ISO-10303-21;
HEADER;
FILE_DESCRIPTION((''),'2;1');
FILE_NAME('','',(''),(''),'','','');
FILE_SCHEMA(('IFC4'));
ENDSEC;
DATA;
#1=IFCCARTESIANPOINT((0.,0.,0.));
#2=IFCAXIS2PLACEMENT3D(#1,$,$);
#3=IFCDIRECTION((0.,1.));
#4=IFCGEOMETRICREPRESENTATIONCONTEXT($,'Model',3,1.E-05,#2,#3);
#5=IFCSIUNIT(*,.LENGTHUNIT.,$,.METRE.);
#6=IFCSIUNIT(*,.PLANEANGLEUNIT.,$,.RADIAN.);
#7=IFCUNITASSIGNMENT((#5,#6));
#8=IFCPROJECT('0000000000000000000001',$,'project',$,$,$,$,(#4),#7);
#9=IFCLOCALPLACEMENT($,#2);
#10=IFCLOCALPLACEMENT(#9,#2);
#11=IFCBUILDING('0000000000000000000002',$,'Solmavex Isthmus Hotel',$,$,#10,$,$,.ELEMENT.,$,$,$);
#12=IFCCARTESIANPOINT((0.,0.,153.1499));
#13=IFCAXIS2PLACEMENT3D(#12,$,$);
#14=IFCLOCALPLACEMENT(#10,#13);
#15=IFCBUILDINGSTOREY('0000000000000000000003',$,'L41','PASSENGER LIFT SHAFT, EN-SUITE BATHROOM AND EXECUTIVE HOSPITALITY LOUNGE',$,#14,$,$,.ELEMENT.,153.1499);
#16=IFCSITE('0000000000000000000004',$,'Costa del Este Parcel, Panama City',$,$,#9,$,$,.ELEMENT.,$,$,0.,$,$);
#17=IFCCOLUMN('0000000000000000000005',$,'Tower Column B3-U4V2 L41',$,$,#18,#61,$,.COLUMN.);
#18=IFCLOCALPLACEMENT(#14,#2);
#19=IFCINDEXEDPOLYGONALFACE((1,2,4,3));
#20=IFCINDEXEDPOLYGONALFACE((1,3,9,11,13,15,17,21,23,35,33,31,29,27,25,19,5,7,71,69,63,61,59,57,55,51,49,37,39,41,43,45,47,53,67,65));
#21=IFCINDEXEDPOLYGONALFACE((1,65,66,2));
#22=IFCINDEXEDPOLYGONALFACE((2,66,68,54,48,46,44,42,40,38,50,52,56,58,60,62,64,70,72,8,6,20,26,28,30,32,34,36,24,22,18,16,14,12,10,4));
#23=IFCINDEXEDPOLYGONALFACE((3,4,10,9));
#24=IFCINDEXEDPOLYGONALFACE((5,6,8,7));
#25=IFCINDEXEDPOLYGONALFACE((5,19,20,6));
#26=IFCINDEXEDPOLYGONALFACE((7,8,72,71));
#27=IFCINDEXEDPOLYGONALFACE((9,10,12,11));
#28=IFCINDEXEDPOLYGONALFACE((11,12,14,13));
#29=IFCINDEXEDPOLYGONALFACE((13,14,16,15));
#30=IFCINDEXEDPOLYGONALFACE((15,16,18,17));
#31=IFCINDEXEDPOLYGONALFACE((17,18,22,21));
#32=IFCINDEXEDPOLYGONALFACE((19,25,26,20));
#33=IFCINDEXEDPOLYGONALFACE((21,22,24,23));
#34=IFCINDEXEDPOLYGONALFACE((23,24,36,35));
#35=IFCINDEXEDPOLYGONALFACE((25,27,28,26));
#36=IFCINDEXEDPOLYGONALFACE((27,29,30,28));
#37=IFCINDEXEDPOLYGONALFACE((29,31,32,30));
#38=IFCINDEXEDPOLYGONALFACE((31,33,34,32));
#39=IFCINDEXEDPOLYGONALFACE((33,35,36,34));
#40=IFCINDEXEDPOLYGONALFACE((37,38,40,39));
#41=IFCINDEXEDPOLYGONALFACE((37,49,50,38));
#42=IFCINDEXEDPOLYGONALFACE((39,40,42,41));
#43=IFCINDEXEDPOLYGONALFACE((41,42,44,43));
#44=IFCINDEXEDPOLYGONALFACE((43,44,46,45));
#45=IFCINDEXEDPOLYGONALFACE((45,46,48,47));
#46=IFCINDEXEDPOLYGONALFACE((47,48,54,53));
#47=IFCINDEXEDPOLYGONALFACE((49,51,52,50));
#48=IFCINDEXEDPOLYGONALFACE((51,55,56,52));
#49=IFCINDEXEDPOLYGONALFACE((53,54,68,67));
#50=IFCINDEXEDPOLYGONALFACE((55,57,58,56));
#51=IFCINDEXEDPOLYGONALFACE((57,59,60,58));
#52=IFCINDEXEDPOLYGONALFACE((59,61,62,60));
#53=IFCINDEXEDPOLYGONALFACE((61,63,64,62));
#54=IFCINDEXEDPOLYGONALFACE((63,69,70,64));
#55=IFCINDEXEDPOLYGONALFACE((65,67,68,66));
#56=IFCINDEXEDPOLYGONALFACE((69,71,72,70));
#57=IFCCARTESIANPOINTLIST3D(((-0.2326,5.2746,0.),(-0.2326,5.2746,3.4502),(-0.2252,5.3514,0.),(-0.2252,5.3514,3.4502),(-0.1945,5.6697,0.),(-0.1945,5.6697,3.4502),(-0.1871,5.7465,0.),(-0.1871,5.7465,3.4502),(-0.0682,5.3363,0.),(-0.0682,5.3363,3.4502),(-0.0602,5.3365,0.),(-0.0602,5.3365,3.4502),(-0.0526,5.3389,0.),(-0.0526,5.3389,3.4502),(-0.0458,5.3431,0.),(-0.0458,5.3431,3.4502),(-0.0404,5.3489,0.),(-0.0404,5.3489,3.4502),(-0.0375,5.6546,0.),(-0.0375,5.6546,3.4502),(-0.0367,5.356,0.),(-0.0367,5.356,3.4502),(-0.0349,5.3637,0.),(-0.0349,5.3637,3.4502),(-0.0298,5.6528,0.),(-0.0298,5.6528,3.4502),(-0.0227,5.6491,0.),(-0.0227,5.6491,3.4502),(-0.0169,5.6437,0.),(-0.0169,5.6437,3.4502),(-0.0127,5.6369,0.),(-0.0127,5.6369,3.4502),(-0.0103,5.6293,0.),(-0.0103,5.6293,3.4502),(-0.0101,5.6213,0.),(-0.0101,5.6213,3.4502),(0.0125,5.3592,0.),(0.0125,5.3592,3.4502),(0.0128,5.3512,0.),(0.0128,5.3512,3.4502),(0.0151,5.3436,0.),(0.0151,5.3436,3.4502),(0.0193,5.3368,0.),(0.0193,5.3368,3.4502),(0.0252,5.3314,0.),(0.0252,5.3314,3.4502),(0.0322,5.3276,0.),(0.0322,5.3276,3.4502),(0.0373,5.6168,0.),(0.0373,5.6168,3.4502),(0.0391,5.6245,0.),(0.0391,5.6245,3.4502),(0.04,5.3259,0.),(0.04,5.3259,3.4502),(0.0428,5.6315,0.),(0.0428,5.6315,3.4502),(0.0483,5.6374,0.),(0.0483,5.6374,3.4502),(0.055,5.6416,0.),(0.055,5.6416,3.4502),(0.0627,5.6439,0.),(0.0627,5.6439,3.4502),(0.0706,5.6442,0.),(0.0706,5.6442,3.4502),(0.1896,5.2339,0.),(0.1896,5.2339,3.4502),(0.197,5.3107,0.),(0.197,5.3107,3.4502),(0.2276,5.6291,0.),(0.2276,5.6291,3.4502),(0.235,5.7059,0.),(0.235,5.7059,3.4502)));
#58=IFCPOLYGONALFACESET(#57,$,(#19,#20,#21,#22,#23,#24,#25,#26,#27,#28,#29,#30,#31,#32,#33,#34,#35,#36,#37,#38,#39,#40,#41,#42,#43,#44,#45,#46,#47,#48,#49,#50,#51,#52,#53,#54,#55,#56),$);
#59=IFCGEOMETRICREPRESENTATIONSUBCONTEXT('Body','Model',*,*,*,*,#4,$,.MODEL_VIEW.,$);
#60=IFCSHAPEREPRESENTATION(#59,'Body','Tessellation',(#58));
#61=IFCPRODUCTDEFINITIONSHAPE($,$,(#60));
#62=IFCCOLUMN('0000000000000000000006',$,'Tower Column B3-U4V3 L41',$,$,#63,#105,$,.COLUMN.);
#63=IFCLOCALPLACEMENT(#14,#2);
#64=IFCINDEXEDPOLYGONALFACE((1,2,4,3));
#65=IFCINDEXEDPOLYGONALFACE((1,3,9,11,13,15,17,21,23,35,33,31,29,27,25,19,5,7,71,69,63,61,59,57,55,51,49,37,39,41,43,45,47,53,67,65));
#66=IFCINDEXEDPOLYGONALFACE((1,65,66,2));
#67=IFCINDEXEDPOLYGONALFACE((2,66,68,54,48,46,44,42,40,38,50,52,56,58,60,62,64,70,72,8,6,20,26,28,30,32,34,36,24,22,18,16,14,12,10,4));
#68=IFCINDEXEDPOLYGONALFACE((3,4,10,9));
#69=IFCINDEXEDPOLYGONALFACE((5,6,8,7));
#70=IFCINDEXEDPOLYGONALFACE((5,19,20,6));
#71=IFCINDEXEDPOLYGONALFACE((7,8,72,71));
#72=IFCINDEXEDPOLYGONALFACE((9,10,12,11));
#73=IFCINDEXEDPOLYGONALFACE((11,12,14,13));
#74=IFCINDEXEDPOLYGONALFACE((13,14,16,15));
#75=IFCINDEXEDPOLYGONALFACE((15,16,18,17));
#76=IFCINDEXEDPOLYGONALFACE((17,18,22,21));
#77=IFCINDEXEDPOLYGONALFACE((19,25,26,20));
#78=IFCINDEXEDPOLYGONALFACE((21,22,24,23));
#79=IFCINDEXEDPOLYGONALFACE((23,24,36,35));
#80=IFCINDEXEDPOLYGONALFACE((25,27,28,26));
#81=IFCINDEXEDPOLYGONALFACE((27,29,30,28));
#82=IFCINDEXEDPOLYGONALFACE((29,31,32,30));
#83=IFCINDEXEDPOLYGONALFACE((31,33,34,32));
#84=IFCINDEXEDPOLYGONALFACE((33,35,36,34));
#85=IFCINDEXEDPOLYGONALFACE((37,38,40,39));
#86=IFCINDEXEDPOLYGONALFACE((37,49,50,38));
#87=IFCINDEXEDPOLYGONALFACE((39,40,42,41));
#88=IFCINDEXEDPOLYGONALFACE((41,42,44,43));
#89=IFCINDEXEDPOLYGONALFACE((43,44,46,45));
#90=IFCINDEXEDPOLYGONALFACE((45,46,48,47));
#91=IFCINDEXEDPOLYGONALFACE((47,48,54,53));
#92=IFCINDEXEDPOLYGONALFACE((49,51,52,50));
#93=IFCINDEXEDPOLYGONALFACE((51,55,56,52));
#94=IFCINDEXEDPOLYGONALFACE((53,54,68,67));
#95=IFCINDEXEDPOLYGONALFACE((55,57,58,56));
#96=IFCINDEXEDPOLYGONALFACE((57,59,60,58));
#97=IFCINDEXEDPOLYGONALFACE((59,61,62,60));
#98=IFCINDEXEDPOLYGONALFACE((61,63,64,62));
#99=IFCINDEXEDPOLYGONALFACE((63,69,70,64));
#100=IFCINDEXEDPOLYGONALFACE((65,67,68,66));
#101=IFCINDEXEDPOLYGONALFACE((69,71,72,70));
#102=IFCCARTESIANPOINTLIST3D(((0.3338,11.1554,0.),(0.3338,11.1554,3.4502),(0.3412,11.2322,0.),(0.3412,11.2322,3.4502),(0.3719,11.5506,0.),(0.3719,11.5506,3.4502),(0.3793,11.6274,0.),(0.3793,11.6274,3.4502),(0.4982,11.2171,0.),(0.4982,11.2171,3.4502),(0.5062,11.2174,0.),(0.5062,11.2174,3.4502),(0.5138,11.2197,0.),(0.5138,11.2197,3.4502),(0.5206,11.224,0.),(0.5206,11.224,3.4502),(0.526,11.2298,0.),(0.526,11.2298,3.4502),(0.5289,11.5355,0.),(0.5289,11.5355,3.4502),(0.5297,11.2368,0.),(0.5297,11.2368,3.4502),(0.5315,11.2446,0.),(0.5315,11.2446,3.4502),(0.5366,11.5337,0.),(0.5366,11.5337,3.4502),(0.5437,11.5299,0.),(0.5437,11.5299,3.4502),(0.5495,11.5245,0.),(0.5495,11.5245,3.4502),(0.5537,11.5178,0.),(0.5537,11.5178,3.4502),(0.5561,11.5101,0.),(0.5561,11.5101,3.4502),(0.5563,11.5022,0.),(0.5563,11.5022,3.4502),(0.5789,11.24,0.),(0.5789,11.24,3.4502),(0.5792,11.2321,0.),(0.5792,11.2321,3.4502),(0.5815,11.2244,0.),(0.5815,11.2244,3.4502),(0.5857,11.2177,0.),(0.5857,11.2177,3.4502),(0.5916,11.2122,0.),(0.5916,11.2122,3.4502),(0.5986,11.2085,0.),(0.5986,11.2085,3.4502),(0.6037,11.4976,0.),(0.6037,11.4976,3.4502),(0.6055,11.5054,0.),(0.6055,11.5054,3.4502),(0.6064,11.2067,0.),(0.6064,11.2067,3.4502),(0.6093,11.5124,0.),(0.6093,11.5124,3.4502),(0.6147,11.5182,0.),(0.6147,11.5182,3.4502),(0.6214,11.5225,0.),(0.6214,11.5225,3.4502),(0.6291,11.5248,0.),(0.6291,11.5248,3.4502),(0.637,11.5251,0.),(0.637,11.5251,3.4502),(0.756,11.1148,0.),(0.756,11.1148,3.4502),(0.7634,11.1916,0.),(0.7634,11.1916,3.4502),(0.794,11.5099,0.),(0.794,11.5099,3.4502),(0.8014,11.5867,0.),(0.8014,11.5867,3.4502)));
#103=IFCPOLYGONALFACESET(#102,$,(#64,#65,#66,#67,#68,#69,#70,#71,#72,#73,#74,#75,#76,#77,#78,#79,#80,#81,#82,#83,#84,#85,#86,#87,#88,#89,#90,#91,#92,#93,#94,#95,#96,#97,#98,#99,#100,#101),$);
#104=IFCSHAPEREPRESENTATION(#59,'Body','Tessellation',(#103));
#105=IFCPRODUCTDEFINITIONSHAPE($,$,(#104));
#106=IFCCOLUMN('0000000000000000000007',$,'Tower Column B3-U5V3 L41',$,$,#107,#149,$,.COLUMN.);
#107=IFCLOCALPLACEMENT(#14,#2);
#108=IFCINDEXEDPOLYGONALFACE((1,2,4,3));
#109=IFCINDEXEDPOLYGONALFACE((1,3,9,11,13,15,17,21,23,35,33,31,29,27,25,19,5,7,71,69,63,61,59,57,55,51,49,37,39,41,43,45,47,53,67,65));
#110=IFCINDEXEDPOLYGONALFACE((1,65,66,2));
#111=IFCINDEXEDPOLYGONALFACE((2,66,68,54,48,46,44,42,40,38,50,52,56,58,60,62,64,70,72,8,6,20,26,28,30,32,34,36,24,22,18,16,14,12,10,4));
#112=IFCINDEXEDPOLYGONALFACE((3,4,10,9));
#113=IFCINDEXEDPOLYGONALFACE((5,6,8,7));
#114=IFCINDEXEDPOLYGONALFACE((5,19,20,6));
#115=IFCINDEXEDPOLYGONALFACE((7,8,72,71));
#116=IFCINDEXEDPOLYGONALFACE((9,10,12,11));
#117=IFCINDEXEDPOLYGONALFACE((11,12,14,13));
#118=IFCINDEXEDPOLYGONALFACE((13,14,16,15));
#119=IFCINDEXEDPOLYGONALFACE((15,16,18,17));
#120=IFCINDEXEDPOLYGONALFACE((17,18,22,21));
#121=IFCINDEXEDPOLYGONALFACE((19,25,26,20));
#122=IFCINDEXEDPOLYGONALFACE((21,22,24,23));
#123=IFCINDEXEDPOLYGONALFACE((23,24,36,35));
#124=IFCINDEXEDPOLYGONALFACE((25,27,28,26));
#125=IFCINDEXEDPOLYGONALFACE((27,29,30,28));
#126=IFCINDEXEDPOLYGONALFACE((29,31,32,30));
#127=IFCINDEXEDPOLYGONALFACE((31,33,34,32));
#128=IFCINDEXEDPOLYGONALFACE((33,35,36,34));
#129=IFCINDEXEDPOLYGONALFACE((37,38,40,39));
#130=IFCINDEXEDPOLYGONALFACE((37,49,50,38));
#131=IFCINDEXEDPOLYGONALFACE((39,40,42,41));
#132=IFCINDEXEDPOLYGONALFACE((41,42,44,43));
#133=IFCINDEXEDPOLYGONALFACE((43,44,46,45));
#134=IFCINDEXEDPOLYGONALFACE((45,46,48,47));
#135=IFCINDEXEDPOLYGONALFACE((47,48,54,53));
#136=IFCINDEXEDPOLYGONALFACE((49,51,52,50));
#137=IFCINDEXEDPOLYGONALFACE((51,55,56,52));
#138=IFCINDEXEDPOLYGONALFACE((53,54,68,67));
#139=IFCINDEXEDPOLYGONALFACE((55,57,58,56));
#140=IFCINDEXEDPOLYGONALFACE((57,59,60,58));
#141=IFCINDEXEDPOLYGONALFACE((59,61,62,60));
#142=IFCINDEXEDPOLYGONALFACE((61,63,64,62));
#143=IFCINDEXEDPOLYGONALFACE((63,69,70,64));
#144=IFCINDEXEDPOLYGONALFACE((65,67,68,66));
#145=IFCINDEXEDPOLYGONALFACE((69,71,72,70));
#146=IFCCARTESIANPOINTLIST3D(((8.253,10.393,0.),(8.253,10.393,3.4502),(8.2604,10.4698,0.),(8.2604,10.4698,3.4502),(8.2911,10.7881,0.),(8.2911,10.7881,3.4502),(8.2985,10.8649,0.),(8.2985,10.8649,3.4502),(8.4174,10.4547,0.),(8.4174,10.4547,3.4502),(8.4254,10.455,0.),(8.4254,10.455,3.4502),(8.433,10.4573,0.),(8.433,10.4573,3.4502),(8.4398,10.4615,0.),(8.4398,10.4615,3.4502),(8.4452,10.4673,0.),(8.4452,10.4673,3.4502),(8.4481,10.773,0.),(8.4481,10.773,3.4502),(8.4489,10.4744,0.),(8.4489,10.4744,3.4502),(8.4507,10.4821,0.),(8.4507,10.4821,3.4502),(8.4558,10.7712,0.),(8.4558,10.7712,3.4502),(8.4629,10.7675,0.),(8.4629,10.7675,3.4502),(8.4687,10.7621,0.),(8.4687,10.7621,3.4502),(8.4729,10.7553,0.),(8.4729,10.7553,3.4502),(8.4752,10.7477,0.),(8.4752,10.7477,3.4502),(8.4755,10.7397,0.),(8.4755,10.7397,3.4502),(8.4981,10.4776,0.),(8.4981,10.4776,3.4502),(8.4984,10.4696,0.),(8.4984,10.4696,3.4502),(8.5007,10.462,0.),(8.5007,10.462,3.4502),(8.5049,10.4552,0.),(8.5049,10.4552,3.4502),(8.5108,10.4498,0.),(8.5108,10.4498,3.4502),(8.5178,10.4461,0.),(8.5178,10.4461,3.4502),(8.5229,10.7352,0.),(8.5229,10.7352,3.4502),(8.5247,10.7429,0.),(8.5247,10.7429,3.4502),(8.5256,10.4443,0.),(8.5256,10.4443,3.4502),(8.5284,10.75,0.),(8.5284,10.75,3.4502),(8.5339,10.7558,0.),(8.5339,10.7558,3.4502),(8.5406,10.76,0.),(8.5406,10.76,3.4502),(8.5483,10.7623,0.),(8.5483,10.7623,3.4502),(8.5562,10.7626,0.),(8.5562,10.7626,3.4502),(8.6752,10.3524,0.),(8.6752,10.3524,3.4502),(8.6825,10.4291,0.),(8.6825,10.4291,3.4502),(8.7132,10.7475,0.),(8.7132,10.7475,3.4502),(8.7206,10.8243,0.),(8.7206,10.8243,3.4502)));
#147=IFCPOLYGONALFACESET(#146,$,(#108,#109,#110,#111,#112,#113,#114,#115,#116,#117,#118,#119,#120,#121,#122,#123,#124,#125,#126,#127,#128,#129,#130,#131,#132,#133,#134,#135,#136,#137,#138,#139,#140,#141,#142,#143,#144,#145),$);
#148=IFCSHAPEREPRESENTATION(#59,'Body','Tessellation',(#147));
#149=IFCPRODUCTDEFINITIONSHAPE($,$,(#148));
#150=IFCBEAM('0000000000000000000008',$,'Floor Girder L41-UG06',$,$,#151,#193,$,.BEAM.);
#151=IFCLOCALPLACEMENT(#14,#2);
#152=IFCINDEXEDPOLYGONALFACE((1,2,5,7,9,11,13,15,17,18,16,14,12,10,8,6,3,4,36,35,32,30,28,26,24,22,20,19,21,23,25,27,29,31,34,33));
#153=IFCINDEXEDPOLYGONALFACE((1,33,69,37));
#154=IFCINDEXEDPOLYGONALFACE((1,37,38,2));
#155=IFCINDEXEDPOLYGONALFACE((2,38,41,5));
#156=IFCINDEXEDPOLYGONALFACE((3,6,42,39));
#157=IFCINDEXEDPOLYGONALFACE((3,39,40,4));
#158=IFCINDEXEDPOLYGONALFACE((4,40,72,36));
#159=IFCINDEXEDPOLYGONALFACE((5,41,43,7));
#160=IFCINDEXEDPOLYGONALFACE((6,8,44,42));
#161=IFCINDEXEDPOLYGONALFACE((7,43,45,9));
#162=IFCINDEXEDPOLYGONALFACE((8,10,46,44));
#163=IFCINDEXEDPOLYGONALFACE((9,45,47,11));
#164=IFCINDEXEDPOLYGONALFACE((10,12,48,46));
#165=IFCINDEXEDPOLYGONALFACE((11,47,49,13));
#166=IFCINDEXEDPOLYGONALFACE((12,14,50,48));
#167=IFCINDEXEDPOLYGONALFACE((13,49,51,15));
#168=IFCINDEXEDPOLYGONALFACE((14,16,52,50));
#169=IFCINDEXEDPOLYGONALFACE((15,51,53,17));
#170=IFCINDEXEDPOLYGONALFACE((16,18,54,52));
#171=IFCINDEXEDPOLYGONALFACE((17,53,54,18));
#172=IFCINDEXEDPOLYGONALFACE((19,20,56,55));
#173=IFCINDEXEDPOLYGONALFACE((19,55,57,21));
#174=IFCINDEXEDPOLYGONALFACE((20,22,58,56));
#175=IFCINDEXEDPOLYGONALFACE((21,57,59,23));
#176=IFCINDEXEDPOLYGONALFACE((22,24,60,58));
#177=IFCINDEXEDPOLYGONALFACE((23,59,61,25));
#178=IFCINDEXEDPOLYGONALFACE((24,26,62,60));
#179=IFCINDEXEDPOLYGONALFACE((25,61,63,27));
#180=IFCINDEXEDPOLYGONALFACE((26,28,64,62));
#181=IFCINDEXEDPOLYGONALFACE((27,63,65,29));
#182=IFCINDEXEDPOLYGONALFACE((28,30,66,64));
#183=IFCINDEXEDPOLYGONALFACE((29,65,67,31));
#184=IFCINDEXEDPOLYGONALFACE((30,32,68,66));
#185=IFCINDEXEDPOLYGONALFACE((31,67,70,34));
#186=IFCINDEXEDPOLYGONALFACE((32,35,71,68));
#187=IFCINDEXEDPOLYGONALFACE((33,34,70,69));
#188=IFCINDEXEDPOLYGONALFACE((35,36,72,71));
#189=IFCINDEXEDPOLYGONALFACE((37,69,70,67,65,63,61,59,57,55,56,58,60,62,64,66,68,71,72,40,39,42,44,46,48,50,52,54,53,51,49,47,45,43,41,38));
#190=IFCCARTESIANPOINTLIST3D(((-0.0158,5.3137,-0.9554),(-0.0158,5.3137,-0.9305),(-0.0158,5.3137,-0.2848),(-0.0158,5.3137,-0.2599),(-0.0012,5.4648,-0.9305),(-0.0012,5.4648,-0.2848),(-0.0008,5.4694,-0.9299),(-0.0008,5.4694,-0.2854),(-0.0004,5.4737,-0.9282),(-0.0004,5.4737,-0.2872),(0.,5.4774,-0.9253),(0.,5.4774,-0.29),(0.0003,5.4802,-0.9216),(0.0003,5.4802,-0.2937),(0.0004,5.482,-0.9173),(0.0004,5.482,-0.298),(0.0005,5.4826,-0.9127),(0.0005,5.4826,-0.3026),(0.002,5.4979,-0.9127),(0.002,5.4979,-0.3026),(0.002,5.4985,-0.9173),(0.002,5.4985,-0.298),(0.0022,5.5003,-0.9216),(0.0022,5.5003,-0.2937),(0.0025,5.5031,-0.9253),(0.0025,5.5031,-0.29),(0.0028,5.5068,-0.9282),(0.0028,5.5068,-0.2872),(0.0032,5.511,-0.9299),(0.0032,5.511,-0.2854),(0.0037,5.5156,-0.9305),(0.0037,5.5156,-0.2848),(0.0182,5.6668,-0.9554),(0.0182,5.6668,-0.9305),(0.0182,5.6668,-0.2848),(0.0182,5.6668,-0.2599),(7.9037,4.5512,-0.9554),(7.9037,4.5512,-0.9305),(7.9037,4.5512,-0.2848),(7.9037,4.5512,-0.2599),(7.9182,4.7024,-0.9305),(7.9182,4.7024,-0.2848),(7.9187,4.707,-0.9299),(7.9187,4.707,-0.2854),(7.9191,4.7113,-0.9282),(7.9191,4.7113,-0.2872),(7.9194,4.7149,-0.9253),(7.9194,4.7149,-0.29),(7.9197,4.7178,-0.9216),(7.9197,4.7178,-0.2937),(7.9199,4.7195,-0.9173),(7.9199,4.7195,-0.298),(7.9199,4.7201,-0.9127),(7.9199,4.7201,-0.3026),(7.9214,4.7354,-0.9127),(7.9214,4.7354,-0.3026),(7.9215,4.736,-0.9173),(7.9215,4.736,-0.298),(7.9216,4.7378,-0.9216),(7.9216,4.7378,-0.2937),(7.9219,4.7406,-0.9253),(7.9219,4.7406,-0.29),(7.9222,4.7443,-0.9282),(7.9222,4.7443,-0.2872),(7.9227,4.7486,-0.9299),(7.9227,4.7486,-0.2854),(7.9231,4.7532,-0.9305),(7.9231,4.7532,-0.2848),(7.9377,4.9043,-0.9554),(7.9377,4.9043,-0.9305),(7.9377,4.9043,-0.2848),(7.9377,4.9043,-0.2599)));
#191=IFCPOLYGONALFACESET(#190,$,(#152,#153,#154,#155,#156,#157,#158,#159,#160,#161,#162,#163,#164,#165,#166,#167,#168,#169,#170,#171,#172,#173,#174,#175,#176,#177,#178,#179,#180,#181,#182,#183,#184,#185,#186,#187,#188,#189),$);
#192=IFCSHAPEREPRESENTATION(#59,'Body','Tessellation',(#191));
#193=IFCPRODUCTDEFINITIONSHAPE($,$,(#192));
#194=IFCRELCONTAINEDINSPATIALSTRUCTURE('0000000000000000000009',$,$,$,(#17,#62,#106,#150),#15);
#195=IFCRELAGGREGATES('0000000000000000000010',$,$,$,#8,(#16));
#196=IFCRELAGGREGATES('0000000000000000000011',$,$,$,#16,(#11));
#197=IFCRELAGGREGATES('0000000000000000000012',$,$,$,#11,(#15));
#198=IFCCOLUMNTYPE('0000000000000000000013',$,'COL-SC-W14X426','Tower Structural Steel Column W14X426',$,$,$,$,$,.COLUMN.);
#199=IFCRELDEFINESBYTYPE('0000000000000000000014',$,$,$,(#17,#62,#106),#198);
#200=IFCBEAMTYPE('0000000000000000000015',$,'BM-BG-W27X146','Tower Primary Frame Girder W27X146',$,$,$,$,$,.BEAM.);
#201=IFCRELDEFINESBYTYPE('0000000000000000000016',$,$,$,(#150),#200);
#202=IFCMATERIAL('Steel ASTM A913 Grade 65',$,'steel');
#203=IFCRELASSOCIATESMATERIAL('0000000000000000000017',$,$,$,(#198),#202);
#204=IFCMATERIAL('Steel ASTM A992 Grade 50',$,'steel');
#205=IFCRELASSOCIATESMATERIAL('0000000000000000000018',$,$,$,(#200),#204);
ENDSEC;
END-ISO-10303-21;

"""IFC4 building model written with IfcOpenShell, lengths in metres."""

from ifc_helpers import new_model, si_unit, direction, frame, origin, origin_2d, place, context, subcontext, project, spatial, i_section, extrude, material, material_profile, profile_set, type_object, element, save


model = new_model("IFC4")

# Units and contexts
model_context = context("Model", 3, precision=1e-05, world=origin(), true_north=direction((0.0, 1.0)))
body_context = subcontext(model_context, "Body", "Model", "MODEL_VIEW")
ifc_project = project(units=[si_unit("LENGTHUNIT", "METRE"), si_unit("PLANEANGLEUNIT", "RADIAN")], contexts=[model_context])

# Site, building, storey
site_placement = place(None, origin())
site = spatial("IfcSite", under=ifc_project, at=site_placement, Name="Costa del Este Parcel, Panama City", CompositionType="ELEMENT", RefElevation=0.0)
building_placement = place(site_placement, origin())
building = spatial("IfcBuilding", under=site, at=building_placement, Name="Solmavex Isthmus Hotel", CompositionType="ELEMENT")
storey_placement = place(building_placement, frame((0.0, 0.0, 153.1499)))
storey = spatial("IfcBuildingStorey", under=building, at=storey_placement, Name="L41", Description="PASSENGER LIFT SHAFT, EN-SUITE BATHROOM AND EXECUTIVE HOSPITALITY LOUNGE", CompositionType="ELEMENT", Elevation=153.1499)

# Columns
ifc_material_1 = material(Name="Steel ASTM A913 Grade 65", Category="steel")
ifc_material_profile_1 = material_profile(ifc_material_1, i_section(OverallWidth=0.4241, OverallDepth=0.4741, WebThickness=0.0476, FlangeThickness=0.0771, FilletRadius=0.0305, at=origin_2d()), Name="W14X426")
ifc_profile_set_1 = profile_set([ifc_material_profile_1], Name="Steel ASTM A913 Grade 65")
column_type = type_object("IfcColumnType", Name="COL-SC-W14X426", Description="Tower Structural Steel Column W14X426", PredefinedType="COLUMN", material=ifc_profile_set_1)
for number, where, z_axis, x_axis, name in (
    (1, (0.0012, 5.4902, 0.0), (0.0, 0.0, 1.0), (0.995396, -0.095846, 0.0), "Tower Column B3-U4V2 L41"),
    (2, (0.5676, 11.3711, 0.0), (0.0, 0.0, 1.0), (0.995396, -0.095846, 0.0), "Tower Column B3-U4V3 L41"),
    (3, (8.4868, 10.6086, 0.0), (0.0, 0.0, 1.0), (0.995396, -0.095846, 0.0), "Tower Column B3-U5V3 L41"),
):
    element("IfcColumn", number, at=place(storey_placement, frame(where, z_axis=z_axis, x_axis=x_axis)), inside=storey, type_object=column_type, Name=name, PredefinedType="COLUMN", context=body_context, shape_type="SweptSolid", body=[
        extrude(i_section(OverallWidth=0.4241, OverallDepth=0.4741, WebThickness=0.0476, FlangeThickness=0.0771, FilletRadius=0.0305, at=origin_2d()), origin(), (0.0, 0.0, 1.0), 3.4502),
    ])

# Beam
ifc_material_2 = material(Name="Steel ASTM A992 Grade 50", Category="steel")
ifc_material_profile_2 = material_profile(ifc_material_2, i_section(OverallWidth=0.3547, OverallDepth=0.6956, WebThickness=0.0154, FlangeThickness=0.0249, FilletRadius=0.0178, at=origin_2d()), Name="W27X146")
ifc_profile_set_2 = profile_set([ifc_material_profile_2], Name="Steel ASTM A992 Grade 50")
beam_type_1 = type_object("IfcBeamType", Name="BM-BG-W27X146", Description="Tower Primary Frame Girder W27X146", PredefinedType="BEAM", material=ifc_profile_set_2)
beam_1_placement = place(storey_placement, frame((0.0012, 5.4902, -0.6077), z_axis=(0.995397, -0.095833, 0.0), x_axis=(0.095833, 0.995397, 0.0)))
element("IfcBeam", 4, at=beam_1_placement, inside=storey, type_object=beam_type_1, Name="Floor Girder L41-UG06", PredefinedType="BEAM", context=body_context, shape_type="SweptSolid", body=[
    extrude(i_section(OverallWidth=0.3547, OverallDepth=0.6956, WebThickness=0.0154, FlangeThickness=0.0249, FilletRadius=0.0178, at=origin_2d()), origin(), (0.0, 0.0, 1.0), 7.9561),
])

save(model, "model.ifc")
